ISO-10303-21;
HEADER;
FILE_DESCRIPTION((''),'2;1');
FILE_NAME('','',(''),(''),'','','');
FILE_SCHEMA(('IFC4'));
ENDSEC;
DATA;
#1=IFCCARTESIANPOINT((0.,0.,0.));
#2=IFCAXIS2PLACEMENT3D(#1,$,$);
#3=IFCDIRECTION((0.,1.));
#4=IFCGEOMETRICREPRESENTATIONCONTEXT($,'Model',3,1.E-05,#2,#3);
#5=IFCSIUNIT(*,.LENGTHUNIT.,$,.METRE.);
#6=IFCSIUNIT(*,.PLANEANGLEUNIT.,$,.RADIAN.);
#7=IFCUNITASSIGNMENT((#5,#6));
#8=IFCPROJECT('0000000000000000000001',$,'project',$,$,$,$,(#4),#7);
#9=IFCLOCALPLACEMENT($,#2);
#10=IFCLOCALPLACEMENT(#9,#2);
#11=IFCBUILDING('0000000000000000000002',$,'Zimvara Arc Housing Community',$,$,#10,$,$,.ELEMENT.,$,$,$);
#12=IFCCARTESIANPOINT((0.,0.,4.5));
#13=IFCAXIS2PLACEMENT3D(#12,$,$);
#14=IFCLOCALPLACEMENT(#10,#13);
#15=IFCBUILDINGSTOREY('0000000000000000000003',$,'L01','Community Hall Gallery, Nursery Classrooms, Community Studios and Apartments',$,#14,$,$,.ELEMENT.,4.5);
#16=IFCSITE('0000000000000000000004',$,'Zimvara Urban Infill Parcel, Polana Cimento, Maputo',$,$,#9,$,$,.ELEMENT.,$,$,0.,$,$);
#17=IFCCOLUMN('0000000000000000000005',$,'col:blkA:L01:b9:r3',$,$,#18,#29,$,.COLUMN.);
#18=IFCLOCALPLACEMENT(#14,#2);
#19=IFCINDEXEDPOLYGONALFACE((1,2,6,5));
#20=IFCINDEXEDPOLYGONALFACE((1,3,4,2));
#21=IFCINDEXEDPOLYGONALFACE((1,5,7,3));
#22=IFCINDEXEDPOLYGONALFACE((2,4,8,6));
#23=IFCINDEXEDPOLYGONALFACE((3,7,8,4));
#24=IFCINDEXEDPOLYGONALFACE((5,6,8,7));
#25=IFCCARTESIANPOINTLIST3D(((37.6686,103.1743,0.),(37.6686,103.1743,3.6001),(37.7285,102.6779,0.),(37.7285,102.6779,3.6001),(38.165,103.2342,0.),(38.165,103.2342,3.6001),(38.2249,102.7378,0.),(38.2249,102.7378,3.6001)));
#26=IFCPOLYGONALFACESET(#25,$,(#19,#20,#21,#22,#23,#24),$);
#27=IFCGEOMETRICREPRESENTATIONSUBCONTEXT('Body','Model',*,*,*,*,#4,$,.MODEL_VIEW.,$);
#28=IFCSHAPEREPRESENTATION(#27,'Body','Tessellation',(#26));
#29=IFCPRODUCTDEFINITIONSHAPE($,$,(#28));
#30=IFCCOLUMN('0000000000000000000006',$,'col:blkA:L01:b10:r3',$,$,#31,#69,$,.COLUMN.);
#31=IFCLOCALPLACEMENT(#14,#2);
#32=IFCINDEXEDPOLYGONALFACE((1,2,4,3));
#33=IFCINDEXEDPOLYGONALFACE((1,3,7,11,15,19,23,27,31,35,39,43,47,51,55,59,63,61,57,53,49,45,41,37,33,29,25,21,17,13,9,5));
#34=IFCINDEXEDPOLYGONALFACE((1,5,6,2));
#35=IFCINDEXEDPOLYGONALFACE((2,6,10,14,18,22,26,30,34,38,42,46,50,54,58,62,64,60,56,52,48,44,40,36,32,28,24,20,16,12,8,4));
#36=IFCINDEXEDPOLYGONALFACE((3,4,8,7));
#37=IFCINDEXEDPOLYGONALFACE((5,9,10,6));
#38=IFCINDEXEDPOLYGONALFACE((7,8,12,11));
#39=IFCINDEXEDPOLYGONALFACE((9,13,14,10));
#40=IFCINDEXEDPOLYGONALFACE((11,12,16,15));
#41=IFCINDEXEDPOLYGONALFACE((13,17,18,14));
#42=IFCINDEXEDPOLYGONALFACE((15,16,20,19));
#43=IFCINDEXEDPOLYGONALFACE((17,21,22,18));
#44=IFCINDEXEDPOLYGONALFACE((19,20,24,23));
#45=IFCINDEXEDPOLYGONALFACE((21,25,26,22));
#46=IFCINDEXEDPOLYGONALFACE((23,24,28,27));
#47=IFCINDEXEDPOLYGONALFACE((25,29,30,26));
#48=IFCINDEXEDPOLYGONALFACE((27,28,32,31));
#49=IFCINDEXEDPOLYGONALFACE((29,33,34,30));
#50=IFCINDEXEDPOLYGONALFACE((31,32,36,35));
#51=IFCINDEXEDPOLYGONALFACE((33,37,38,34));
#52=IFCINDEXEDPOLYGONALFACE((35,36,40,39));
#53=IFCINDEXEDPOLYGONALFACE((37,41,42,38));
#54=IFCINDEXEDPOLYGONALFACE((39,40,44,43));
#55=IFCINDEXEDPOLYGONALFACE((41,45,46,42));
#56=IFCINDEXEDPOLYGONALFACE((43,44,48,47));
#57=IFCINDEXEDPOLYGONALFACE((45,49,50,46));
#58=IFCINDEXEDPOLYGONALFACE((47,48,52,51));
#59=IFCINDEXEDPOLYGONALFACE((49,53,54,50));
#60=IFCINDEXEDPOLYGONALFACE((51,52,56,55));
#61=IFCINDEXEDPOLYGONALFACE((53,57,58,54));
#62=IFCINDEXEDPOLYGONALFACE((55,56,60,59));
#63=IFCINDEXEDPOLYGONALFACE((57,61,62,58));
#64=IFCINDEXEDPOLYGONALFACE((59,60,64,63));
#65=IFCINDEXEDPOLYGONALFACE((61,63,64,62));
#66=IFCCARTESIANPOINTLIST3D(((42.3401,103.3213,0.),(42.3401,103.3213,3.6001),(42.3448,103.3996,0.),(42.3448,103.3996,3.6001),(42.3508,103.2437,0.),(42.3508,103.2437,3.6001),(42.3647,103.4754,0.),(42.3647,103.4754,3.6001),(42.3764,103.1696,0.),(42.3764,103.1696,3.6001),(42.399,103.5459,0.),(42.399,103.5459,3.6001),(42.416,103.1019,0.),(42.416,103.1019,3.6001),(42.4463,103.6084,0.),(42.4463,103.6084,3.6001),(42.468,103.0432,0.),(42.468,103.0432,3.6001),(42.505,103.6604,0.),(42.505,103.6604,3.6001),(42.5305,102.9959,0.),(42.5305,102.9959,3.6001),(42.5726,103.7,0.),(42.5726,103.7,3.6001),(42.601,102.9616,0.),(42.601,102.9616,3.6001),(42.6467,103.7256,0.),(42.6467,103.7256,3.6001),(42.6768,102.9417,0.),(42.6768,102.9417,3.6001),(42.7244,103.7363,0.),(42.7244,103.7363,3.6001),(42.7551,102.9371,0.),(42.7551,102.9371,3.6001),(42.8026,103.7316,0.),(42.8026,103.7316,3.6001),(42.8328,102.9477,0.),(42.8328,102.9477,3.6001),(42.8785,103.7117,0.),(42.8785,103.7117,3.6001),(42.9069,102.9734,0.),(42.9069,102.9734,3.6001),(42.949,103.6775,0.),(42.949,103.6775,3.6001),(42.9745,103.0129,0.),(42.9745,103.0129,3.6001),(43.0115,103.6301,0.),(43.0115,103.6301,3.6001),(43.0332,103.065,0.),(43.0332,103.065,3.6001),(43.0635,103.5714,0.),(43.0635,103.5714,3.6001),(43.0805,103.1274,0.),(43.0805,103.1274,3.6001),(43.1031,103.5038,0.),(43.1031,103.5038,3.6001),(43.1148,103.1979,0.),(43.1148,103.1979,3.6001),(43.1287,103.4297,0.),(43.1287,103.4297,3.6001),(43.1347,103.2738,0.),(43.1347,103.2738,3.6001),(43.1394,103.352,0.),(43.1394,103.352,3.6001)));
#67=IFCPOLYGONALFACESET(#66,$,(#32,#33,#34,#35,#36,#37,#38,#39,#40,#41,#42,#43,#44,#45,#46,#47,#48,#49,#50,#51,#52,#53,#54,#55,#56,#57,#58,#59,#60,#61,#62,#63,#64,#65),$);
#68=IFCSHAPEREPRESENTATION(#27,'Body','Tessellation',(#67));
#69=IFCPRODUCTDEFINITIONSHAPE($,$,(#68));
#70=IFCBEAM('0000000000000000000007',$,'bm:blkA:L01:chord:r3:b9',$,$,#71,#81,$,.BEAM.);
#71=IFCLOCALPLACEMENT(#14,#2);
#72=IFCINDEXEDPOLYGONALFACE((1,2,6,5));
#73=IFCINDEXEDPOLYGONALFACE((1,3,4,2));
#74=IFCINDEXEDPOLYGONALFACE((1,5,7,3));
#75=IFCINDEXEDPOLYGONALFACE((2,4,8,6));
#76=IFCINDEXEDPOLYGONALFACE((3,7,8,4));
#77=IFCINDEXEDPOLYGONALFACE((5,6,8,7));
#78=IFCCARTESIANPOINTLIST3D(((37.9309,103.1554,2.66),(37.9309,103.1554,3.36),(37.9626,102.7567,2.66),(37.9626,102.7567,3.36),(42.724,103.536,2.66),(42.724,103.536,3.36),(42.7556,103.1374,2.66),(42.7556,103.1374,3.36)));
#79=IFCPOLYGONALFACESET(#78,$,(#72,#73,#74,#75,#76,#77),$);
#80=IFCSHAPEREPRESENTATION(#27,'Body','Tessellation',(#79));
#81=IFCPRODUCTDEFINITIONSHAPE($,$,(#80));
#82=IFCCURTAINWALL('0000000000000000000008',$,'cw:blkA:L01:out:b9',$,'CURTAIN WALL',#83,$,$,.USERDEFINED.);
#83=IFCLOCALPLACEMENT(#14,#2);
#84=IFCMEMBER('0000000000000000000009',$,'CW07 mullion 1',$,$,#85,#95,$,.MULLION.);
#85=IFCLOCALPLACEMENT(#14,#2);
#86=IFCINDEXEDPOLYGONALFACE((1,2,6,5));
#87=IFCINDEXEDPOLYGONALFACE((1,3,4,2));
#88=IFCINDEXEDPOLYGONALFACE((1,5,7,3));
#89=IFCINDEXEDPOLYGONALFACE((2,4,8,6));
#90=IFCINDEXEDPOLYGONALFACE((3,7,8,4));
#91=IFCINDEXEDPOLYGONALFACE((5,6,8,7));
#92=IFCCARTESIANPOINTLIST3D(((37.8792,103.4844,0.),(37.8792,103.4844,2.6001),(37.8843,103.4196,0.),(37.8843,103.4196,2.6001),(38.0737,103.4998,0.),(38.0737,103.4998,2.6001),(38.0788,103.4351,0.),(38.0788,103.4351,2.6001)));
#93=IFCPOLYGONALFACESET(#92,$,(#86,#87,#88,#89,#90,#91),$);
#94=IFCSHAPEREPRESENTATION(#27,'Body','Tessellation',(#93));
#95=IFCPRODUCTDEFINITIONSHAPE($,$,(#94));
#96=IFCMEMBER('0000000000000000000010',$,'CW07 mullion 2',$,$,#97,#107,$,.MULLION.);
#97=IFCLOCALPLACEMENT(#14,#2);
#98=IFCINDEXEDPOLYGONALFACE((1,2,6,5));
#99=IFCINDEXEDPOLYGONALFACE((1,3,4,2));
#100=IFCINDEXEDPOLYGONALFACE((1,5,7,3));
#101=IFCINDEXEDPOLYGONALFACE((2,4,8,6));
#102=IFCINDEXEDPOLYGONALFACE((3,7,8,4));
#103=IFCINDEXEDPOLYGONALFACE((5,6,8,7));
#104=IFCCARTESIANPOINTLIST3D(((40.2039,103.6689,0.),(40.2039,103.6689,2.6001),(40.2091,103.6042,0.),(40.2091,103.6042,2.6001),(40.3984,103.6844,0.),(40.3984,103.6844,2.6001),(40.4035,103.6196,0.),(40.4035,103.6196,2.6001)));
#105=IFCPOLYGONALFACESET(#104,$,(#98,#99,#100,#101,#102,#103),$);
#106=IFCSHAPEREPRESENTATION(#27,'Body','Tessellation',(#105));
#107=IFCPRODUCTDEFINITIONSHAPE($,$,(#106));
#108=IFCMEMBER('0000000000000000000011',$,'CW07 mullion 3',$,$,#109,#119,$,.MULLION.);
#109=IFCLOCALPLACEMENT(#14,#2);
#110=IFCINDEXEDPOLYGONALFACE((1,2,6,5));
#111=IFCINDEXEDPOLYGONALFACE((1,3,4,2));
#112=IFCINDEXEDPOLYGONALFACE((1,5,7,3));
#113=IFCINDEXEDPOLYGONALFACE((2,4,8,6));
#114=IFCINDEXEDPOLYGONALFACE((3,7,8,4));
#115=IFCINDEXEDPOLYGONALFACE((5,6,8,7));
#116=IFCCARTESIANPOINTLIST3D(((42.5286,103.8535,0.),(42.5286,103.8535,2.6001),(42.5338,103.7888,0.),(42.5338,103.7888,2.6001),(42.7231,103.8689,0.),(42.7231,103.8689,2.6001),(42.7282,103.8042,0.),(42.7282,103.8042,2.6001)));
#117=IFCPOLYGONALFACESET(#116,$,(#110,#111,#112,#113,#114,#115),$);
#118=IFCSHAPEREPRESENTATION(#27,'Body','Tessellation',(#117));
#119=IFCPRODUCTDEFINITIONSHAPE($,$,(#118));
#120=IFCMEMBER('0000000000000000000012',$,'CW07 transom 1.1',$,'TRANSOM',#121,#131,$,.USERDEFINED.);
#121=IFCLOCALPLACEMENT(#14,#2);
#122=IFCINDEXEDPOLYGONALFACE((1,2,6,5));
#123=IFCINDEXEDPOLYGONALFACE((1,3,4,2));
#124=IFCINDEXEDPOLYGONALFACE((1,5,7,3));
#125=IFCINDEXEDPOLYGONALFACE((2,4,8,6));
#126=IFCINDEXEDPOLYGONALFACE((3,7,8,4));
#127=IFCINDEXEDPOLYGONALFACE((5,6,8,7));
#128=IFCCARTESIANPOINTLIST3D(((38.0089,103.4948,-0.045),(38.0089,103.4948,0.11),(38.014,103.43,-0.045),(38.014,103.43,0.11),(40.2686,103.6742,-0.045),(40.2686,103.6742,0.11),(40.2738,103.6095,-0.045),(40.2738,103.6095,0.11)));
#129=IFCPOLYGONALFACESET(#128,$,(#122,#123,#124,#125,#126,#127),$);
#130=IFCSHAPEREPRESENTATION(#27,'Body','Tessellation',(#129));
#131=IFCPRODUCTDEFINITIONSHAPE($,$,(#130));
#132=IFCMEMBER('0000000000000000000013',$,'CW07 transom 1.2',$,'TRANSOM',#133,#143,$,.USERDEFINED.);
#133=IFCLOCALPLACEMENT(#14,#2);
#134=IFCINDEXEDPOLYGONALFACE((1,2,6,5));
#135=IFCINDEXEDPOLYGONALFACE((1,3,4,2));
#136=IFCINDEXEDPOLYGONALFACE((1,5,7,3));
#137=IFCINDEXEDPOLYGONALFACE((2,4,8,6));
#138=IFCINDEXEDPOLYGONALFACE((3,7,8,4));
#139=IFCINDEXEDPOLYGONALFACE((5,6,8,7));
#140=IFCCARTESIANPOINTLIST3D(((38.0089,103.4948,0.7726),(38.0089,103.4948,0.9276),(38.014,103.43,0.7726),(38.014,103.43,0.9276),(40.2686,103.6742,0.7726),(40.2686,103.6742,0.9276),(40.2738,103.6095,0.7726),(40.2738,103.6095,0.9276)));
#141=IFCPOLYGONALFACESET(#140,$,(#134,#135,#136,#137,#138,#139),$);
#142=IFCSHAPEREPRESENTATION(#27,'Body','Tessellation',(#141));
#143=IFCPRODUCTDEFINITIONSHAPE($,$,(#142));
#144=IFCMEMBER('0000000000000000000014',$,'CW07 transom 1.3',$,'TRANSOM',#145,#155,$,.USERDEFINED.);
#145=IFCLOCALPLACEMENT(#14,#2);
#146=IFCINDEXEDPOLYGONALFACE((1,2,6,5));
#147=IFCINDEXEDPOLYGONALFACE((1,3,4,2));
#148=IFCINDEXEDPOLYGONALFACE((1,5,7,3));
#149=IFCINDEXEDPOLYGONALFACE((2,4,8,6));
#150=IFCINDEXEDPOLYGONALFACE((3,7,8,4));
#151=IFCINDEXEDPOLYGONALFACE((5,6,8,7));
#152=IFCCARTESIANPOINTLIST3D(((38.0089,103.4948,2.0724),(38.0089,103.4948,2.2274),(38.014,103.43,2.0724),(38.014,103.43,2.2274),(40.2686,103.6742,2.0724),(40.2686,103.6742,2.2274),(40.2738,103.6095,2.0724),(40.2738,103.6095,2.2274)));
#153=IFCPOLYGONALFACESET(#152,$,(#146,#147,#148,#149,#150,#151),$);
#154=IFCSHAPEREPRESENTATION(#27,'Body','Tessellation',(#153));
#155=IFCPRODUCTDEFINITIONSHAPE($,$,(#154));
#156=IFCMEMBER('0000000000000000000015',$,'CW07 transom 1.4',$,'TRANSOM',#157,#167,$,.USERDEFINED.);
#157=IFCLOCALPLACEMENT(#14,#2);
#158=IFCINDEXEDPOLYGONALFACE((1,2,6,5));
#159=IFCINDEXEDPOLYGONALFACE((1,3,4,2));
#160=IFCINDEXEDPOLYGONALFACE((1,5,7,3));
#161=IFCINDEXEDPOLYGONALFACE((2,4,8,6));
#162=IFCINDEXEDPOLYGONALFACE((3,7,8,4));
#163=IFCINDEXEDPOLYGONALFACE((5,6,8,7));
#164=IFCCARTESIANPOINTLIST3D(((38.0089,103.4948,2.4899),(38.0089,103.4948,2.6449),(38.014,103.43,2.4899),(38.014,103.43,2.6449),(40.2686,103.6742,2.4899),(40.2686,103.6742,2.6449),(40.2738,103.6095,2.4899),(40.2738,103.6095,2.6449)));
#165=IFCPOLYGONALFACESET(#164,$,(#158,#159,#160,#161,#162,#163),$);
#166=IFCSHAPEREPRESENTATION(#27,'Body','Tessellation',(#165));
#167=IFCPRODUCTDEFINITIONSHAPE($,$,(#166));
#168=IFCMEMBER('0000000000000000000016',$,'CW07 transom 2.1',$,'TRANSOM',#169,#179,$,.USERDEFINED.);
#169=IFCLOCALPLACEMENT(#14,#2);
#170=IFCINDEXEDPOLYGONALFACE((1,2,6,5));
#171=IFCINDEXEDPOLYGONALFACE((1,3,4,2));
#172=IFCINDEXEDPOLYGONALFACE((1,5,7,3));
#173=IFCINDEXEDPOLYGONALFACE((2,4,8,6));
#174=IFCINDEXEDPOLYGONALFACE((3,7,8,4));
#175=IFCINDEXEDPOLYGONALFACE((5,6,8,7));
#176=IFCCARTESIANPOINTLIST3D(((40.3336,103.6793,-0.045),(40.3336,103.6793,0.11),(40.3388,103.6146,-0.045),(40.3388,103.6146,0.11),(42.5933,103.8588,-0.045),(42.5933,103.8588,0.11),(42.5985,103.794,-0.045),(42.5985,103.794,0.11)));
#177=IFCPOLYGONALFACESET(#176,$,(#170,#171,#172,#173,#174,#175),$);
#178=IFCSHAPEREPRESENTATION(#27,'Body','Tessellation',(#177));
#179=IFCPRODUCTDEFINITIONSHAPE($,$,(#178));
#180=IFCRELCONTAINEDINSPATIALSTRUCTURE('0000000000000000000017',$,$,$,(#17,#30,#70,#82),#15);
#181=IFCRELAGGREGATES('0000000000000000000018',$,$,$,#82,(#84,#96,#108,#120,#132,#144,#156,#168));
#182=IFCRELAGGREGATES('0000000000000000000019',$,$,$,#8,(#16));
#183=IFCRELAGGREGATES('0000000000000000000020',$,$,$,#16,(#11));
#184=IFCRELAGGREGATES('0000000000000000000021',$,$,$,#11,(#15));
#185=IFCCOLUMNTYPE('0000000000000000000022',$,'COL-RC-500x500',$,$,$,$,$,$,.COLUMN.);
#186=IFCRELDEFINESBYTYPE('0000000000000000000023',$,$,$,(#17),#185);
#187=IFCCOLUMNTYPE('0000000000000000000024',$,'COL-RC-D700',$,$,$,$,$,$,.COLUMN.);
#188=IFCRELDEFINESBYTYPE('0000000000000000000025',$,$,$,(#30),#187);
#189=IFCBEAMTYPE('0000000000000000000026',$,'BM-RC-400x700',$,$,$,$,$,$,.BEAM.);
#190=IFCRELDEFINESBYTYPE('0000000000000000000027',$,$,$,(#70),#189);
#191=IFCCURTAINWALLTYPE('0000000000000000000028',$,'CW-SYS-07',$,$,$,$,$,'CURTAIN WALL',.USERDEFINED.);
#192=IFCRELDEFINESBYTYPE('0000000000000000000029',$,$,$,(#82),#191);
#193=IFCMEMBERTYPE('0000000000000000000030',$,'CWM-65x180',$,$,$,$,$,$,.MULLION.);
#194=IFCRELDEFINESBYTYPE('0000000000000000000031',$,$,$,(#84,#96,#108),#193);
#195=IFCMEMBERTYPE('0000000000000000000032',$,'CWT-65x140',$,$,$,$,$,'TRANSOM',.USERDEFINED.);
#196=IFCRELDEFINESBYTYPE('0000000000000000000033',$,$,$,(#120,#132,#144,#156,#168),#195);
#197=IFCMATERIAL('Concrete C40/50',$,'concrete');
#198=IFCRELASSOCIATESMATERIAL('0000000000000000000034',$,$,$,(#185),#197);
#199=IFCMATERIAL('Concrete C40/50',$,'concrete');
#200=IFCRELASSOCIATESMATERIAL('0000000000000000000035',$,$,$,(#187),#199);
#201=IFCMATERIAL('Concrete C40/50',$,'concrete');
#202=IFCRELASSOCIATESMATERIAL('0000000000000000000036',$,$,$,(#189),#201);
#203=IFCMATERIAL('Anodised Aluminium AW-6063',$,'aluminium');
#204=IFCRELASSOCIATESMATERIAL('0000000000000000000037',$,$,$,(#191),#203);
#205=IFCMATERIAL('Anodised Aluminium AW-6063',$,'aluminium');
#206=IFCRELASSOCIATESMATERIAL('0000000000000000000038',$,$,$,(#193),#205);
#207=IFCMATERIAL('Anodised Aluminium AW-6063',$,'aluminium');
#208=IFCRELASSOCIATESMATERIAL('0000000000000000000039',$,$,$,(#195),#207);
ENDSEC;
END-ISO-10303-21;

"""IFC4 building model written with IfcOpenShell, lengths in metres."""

from ifc_helpers import new_model, si_unit, direction, frame, origin, origin_2d, place, context, subcontext, project, spatial, rectangle, circle, extrude, material, material_profile, profile_set, type_object, element, aggregate, save


model = new_model("IFC4")

# Units and contexts
model_context = context("Model", 3, precision=1e-05, world=origin(), true_north=direction((0.0, 1.0)))
body_context = subcontext(model_context, "Body", "Model", "MODEL_VIEW")
ifc_project = project(units=[si_unit("LENGTHUNIT", "METRE"), si_unit("PLANEANGLEUNIT", "RADIAN")], contexts=[model_context])

# Site, building, storey
site_placement = place(None, origin())
site = spatial("IfcSite", under=ifc_project, at=site_placement, Name="Zimvara Urban Infill Parcel, Polana Cimento, Maputo", CompositionType="ELEMENT", RefElevation=0.0)
building_placement = place(site_placement, origin())
building = spatial("IfcBuilding", under=site, at=building_placement, Name="Zimvara Arc Housing Community", CompositionType="ELEMENT")
storey_placement = place(building_placement, frame((0.0, 0.0, 4.5)))
storey = spatial("IfcBuildingStorey", under=building, at=storey_placement, Name="L01", Description="Community Hall Gallery, Nursery Classrooms, Community Studios and Apartments", CompositionType="ELEMENT", Elevation=4.5)

# Columns
ifc_material_1 = material(Name="Concrete C40/50", Category="concrete")
ifc_material_profile_1 = material_profile(ifc_material_1, rectangle(XDim=0.5, YDim=0.5, at=origin_2d()), Name="RC 500x500")
ifc_profile_set_1 = profile_set([ifc_material_profile_1], Name="Concrete C40/50")
column_type_1 = type_object("IfcColumnType", Name="COL-RC-500x500", PredefinedType="COLUMN", material=ifc_profile_set_1)
column_1_placement = place(storey_placement, frame((37.9468, 102.9561, 0.0), z_axis=(0.0, 0.0, 1.0), x_axis=(-0.11979, 0.992799, 0.0)))
element("IfcColumn", 1, at=column_1_placement, inside=storey, type_object=column_type_1, Name="col:blkA:L01:b9:r3", PredefinedType="COLUMN", context=body_context, shape_type="SweptSolid", body=[
    extrude(rectangle(XDim=0.5, YDim=0.5, at=origin_2d()), origin(), (0.0, 0.0, 1.0), 3.6001),
])
ifc_material_2 = material(Name="Concrete C40/50", Category="concrete")
ifc_material_profile_2 = material_profile(ifc_material_2, circle(Radius=0.3999, at=origin_2d()), Name="RC D800")
ifc_profile_set_2 = profile_set([ifc_material_profile_2], Name="Concrete C40/50")
column_type_2 = type_object("IfcColumnType", Name="COL-RC-D700", PredefinedType="COLUMN", material=ifc_profile_set_2)
column_2_placement = place(storey_placement, frame((42.7397, 103.3367, 0.0), z_axis=(0.0, 0.0, 1.0), x_axis=(-0.038388, 0.999263, 0.0)))
element("IfcColumn", 2, at=column_2_placement, inside=storey, type_object=column_type_2, Name="col:blkA:L01:b10:r3", PredefinedType="COLUMN", context=body_context, shape_type="SweptSolid", body=[
    extrude(circle(Radius=0.3999, at=origin_2d()), origin(), (0.0, 0.0, 1.0), 3.6001),
])

# Beam
ifc_material_3 = material(Name="Concrete C40/50", Category="concrete")
ifc_material_profile_3 = material_profile(ifc_material_3, rectangle(XDim=0.3999, YDim=0.7, at=origin_2d()), Name="RC 400x700")
ifc_profile_set_3 = profile_set([ifc_material_profile_3], Name="Concrete C40/50")
beam_type = type_object("IfcBeamType", Name="BM-RC-400x700", PredefinedType="BEAM", material=ifc_profile_set_3)
beam_placement = place(storey_placement, frame((37.9468, 102.9561, 3.01), z_axis=(0.996862, 0.079162, 0.0), x_axis=(-0.079162, 0.996862, 0.0)))
element("IfcBeam", 3, at=beam_placement, inside=storey, type_object=beam_type, Name="bm:blkA:L01:chord:r3:b9", PredefinedType="BEAM", context=body_context, shape_type="SweptSolid", body=[
    extrude(rectangle(XDim=0.3999, YDim=0.7, at=origin_2d()), origin(), (0.0, 0.0, 1.0), 4.8081),
])

# Curtain wall, members
ifc_material_4 = material(Name="Anodised Aluminium AW-6063", Category="aluminium")
curtain_wall_type = type_object("IfcCurtainWallType", Name="CW-SYS-07", ElementType="CURTAIN WALL", PredefinedType="USERDEFINED", material=ifc_material_4)
curtain_wall_placement = place(storey_placement, origin())
curtain_wall = element("IfcCurtainWall", 4, at=curtain_wall_placement, inside=storey, type_object=curtain_wall_type, Name="cw:blkA:L01:out:b9", ObjectType="CURTAIN WALL", PredefinedType="USERDEFINED")
ifc_material_5 = material(Name="Anodised Aluminium AW-6063", Category="aluminium")
ifc_material_profile_4 = material_profile(ifc_material_5, rectangle(XDim=0.0649, YDim=0.1951, at=origin_2d()), Name="ALU 65x195")
ifc_profile_set_4 = profile_set([ifc_material_profile_4], Name="Anodised Aluminium AW-6063")
member_type_1 = type_object("IfcMemberType", Name="CWM-65x180", PredefinedType="MULLION", material=ifc_profile_set_4)
member_1_placement = place(storey_placement, frame((37.979, 103.4597, 0.0), z_axis=(0.0, 0.0, 1.0), x_axis=(-0.079154, 0.996862, 0.0)))
member_1 = element("IfcMember", 5, at=member_1_placement, type_object=member_type_1, Name="CW07 mullion 1", PredefinedType="MULLION", context=body_context, shape_type="SweptSolid", body=[
    extrude(rectangle(XDim=0.0649, YDim=0.1951, at=origin_2d()), origin(), (0.0, 0.0, 1.0), 2.6001),
])
member_2_placement = place(storey_placement, frame((40.3037, 103.6443, 0.0), z_axis=(0.0, 0.0, 1.0), x_axis=(-0.079154, 0.996862, 0.0)))
member_2 = element("IfcMember", 6, at=member_2_placement, type_object=member_type_1, Name="CW07 mullion 2", PredefinedType="MULLION", context=body_context, shape_type="SweptSolid", body=[
    extrude(rectangle(XDim=0.0649, YDim=0.1951, at=origin_2d()), origin(), (0.0, 0.0, 1.0), 2.6001),
])
member_3_placement = place(storey_placement, frame((42.6284, 103.8289, 0.0), z_axis=(0.0, 0.0, 1.0), x_axis=(-0.079154, 0.996862, 0.0)))
member_3 = element("IfcMember", 7, at=member_3_placement, type_object=member_type_1, Name="CW07 mullion 3", PredefinedType="MULLION", context=body_context, shape_type="SweptSolid", body=[
    extrude(rectangle(XDim=0.0649, YDim=0.1951, at=origin_2d()), origin(), (0.0, 0.0, 1.0), 2.6001),
])
ifc_material_6 = material(Name="Anodised Aluminium AW-6063", Category="aluminium")
ifc_material_profile_5 = material_profile(ifc_material_6, rectangle(XDim=0.0649, YDim=0.155, at=origin_2d()), Name="ALU 65x155")
ifc_profile_set_5 = profile_set([ifc_material_profile_5], Name="Anodised Aluminium AW-6063")
member_type_2 = type_object("IfcMemberType", Name="CWT-65x140", ElementType="TRANSOM", PredefinedType="USERDEFINED", material=ifc_profile_set_5)
member_4_placement = place(storey_placement, frame((38.0115, 103.4624, 0.0325), z_axis=(0.996862, 0.079159, 0.0), x_axis=(-0.079159, 0.996862, 0.0)))
member_4 = element("IfcMember", 8, at=member_4_placement, type_object=member_type_2, Name="CW07 transom 1.1", ObjectType="TRANSOM", PredefinedType="USERDEFINED", context=body_context, shape_type="SweptSolid", body=[
    extrude(rectangle(XDim=0.0649, YDim=0.155, at=origin_2d()), origin(), (0.0, 0.0, 1.0), 2.2668),
])
member_5_placement = place(storey_placement, frame((38.0115, 103.4624, 0.8501), z_axis=(0.996862, 0.079159, 0.0), x_axis=(-0.079159, 0.996862, 0.0)))
member_5 = element("IfcMember", 9, at=member_5_placement, type_object=member_type_2, Name="CW07 transom 1.2", ObjectType="TRANSOM", PredefinedType="USERDEFINED", context=body_context, shape_type="SweptSolid", body=[
    extrude(rectangle(XDim=0.0649, YDim=0.155, at=origin_2d()), origin(), (0.0, 0.0, 1.0), 2.2668),
])
member_6_placement = place(storey_placement, frame((38.0115, 103.4624, 2.1499), z_axis=(0.996862, 0.079159, 0.0), x_axis=(-0.079159, 0.996862, 0.0)))
member_6 = element("IfcMember", 10, at=member_6_placement, type_object=member_type_2, Name="CW07 transom 1.3", ObjectType="TRANSOM", PredefinedType="USERDEFINED", context=body_context, shape_type="SweptSolid", body=[
    extrude(rectangle(XDim=0.0649, YDim=0.155, at=origin_2d()), origin(), (0.0, 0.0, 1.0), 2.2668),
])
member_7_placement = place(storey_placement, frame((38.0115, 103.4624, 2.5674), z_axis=(0.996862, 0.079159, 0.0), x_axis=(-0.079159, 0.996862, 0.0)))
member_7 = element("IfcMember", 11, at=member_7_placement, type_object=member_type_2, Name="CW07 transom 1.4", ObjectType="TRANSOM", PredefinedType="USERDEFINED", context=body_context, shape_type="SweptSolid", body=[
    extrude(rectangle(XDim=0.0649, YDim=0.155, at=origin_2d()), origin(), (0.0, 0.0, 1.0), 2.2668),
])
member_8_placement = place(storey_placement, frame((40.3362, 103.647, 0.0325), z_axis=(0.996862, 0.079159, 0.0), x_axis=(-0.079159, 0.996862, 0.0)))
member_8 = element("IfcMember", 12, at=member_8_placement, type_object=member_type_2, Name="CW07 transom 2.1", ObjectType="TRANSOM", PredefinedType="USERDEFINED", context=body_context, shape_type="SweptSolid", body=[
    extrude(rectangle(XDim=0.0649, YDim=0.155, at=origin_2d()), origin(), (0.0, 0.0, 1.0), 2.2668),
])
aggregate(curtain_wall, [member_1, member_2, member_3, member_4, member_5, member_6, member_7, member_8])

save(model, "model.ifc")
